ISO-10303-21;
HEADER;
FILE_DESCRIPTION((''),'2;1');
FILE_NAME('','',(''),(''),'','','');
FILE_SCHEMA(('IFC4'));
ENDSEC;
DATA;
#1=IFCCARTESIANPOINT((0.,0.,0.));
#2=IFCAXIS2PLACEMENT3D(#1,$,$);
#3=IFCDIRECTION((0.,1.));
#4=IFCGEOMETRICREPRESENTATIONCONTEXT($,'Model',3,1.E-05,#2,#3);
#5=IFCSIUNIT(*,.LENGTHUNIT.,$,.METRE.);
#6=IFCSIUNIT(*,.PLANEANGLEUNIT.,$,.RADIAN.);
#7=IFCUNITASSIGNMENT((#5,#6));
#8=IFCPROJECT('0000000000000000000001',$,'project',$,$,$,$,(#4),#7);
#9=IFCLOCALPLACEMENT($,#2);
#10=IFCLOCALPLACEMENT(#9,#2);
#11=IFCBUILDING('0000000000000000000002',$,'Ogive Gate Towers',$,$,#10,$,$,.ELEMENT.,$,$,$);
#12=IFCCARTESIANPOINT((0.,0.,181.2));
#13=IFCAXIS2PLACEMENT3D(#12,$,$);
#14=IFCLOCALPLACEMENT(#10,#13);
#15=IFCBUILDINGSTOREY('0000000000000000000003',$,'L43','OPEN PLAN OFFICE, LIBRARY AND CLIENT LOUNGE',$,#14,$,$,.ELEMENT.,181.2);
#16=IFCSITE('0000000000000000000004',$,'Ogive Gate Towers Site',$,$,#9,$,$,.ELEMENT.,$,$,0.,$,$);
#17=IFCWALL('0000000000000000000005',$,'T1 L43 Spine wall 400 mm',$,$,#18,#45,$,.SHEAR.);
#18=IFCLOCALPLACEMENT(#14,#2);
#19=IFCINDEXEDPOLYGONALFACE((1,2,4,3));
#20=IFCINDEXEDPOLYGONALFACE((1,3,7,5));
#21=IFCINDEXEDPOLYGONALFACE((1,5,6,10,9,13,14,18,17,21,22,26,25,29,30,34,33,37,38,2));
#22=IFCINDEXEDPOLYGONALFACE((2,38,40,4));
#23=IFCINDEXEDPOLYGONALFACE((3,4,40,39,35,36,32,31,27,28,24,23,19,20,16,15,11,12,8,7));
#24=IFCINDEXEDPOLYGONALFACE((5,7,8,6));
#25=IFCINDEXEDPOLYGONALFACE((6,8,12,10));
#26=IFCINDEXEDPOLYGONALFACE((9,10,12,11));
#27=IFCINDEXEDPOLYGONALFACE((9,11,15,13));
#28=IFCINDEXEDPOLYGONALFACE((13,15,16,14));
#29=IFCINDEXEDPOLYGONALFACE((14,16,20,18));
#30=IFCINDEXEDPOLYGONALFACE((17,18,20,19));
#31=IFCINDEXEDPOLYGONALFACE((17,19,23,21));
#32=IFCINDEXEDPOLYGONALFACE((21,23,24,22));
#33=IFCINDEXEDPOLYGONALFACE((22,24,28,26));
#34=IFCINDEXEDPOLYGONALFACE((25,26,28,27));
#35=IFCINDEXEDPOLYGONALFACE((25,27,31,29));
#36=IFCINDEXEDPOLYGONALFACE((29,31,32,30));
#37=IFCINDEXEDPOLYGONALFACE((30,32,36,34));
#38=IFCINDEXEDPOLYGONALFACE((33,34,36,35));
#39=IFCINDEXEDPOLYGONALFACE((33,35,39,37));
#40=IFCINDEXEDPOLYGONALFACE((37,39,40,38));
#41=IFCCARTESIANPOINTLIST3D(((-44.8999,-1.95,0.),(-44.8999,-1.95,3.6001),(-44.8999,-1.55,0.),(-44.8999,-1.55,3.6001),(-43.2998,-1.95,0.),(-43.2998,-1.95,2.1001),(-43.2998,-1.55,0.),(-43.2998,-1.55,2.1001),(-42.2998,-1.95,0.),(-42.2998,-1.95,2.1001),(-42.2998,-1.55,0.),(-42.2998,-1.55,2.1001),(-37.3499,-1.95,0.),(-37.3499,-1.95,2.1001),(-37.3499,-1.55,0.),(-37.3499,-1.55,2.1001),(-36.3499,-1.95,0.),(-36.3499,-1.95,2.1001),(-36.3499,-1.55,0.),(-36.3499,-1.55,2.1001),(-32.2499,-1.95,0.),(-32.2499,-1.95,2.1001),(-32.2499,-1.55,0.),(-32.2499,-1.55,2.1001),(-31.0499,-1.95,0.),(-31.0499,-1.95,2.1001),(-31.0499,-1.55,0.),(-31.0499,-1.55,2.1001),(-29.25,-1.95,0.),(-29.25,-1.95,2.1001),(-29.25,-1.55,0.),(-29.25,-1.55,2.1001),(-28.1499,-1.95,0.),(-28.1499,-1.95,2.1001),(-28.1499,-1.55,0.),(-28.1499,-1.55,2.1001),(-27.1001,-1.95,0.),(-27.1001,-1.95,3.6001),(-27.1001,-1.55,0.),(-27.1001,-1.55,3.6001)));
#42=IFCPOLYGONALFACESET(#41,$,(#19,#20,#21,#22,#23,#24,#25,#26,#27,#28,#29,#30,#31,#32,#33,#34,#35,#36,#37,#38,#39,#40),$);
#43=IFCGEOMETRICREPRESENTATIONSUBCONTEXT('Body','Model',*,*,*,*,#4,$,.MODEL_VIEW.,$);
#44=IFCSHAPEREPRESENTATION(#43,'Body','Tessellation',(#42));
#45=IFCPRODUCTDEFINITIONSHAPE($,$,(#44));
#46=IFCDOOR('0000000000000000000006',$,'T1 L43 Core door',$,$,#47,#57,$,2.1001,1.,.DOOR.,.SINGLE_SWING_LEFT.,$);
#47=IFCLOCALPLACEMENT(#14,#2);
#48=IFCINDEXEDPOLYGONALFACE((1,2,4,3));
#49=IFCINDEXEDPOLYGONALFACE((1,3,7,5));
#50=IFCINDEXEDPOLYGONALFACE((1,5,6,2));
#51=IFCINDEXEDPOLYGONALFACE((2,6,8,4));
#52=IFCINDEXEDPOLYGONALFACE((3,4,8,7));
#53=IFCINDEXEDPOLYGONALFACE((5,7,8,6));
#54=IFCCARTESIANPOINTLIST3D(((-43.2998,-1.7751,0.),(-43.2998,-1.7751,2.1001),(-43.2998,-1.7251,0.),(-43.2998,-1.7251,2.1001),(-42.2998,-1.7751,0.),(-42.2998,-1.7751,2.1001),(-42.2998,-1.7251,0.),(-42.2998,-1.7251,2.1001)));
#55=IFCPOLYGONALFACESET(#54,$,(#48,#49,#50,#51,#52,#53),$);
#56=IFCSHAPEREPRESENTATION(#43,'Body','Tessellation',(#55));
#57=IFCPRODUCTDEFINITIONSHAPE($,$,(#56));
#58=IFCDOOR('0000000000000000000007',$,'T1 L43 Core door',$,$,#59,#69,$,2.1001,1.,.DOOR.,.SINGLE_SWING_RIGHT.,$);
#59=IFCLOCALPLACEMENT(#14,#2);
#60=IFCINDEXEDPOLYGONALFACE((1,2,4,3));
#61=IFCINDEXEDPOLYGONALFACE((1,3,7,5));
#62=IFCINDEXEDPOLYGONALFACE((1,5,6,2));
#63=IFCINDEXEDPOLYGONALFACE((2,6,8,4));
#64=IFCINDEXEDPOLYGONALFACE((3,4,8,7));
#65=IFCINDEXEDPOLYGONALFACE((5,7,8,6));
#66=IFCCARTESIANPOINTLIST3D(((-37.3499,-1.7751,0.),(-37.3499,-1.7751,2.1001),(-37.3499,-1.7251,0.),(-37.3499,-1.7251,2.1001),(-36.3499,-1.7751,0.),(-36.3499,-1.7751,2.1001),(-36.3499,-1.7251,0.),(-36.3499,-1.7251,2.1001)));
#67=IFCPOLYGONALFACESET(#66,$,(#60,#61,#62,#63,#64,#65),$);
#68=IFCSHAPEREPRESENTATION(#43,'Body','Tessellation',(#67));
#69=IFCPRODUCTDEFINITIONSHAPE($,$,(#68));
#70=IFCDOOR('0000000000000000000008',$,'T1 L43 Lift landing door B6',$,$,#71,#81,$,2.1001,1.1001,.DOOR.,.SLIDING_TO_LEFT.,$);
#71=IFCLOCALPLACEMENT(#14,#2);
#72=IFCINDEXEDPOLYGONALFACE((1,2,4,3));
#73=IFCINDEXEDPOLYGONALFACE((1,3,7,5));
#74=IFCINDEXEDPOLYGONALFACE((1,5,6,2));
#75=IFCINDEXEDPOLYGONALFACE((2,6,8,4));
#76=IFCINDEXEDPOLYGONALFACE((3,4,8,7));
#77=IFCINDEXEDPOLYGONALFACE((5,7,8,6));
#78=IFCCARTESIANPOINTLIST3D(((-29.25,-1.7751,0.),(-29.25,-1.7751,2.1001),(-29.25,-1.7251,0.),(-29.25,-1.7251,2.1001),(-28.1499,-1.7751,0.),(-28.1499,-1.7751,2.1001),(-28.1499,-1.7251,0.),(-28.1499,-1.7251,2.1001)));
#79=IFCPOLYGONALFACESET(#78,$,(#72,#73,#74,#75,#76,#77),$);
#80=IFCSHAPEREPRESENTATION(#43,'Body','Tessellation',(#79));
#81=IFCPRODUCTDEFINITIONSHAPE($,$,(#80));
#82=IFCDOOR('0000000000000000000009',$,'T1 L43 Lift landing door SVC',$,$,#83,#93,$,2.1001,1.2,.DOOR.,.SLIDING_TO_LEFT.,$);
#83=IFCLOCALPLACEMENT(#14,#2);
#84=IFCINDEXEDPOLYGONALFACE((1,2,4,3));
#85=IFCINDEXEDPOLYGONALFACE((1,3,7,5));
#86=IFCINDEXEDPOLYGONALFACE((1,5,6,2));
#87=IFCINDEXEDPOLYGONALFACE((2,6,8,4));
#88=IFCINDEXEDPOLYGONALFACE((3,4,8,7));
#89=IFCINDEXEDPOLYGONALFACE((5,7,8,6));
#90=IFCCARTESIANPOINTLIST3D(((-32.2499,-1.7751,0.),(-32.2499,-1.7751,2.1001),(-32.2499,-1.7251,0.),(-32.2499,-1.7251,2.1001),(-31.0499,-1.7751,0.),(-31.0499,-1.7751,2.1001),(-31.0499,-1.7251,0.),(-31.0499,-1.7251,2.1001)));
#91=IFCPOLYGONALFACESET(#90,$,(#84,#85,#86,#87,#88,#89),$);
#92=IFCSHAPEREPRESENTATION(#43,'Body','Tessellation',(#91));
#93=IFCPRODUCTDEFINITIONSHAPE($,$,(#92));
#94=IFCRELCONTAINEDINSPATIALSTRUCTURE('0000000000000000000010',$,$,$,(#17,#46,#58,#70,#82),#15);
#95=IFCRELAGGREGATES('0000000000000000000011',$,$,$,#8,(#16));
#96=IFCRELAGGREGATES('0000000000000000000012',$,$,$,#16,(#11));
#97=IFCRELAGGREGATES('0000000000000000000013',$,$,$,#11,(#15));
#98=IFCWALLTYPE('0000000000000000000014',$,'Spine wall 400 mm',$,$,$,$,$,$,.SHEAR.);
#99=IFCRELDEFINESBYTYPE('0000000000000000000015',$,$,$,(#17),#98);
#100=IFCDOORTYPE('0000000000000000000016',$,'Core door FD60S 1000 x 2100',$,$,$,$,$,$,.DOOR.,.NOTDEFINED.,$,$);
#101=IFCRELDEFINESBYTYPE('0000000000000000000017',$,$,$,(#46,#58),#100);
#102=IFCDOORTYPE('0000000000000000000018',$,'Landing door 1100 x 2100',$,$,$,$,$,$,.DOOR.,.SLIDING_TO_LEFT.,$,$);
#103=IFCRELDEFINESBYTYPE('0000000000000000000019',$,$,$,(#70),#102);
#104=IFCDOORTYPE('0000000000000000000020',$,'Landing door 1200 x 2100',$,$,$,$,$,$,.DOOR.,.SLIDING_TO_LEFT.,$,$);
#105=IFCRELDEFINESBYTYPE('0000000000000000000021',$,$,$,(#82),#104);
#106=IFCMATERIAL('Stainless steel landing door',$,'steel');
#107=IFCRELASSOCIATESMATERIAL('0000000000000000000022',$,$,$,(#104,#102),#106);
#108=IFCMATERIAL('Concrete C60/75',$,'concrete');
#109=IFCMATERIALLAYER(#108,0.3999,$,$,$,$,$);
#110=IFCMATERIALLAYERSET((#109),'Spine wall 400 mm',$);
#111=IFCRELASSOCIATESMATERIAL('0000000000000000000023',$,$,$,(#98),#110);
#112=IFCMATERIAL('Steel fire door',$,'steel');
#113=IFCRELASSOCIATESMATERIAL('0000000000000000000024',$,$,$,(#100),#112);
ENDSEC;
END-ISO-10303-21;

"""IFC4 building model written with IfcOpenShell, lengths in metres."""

from ifc_helpers import new_model, si_unit, direction, frame, frame_2d, origin, place, context, subcontext, project, spatial, rectangle, extrude, material, layer, layer_set, type_object, element, fill, save


model = new_model("IFC4")

# Units and contexts
model_context = context("Model", 3, precision=1e-05, world=origin(), true_north=direction((0.0, 1.0)))
body_context = subcontext(model_context, "Body", "Model", "MODEL_VIEW")
ifc_project = project(units=[si_unit("LENGTHUNIT", "METRE"), si_unit("PLANEANGLEUNIT", "RADIAN")], contexts=[model_context])

# Site, building, storey
site_placement = place(None, origin())
site = spatial("IfcSite", under=ifc_project, at=site_placement, Name="Ogive Gate Towers Site", CompositionType="ELEMENT", RefElevation=0.0)
building_placement = place(site_placement, origin())
building = spatial("IfcBuilding", under=site, at=building_placement, Name="Ogive Gate Towers", CompositionType="ELEMENT")
storey_placement = place(building_placement, frame((0.0, 0.0, 181.2)))
storey = spatial("IfcBuildingStorey", under=building, at=storey_placement, Name="L43", Description="OPEN PLAN OFFICE, LIBRARY AND CLIENT LOUNGE", CompositionType="ELEMENT", Elevation=181.2)

# Shared definitions
ifc_material_1 = material(Name="Concrete C60/75", Category="concrete")
ifc_material_2 = material(Name="Steel fire door", Category="steel")

# Shared definitions
ifc_material_3 = material(Name="Stainless steel landing door", Category="steel")
door_type_1 = type_object("IfcDoorType", Name="Landing door 1200 x 2100", OperationType="SLIDING_TO_LEFT", PredefinedType="DOOR", material=ifc_material_3)

# Wall, openings, doors
ifc_layer_1 = layer(ifc_material_1, 0.3999)
ifc_layer_set_1 = layer_set([ifc_layer_1], Name="Spine wall 400 mm")
wall_type_1 = type_object("IfcWallType", Name="Spine wall 400 mm", PredefinedType="SHEAR", material=ifc_layer_set_1)
wall_1_placement = place(storey_placement, frame((-44.8999, -1.75, 0.0), z_axis=(0.0, 0.0, 1.0), x_axis=(1.0, 0.0, 0.0)))
wall_1 = element("IfcWall", 1, at=wall_1_placement, inside=storey, type_object=wall_type_1, Name="T1 L43 Spine wall 400 mm", PredefinedType="SHEAR", context=body_context, shape_type="SweptSolid", body=[
    extrude(rectangle(XDim=17.7998, YDim=0.3999, at=frame_2d((8.8999, 0.0))), origin(), (0.0, 0.0, 1.0), 3.6001),
])
opening_1_placement = place(wall_1_placement, frame((12.6499, 0.0, 0.0)))
opening_1 = element("IfcOpeningElement", 2, at=opening_1_placement, cuts=wall_1, PredefinedType="OPENING", context=body_context, shape_type="SweptSolid", body=[
    extrude(rectangle(XDim=1.2, YDim=2.1001, at=frame_2d((0.6001, 1.05))), frame((0.0, 0.21, 0.0), z_axis=(0.0, -1.0, 0.0), x_axis=(1.0, 0.0, 0.0)), (0.0, 0.0, 1.0), 0.4199),
])
opening_2_placement = place(wall_1_placement, frame((15.6499, 0.0, 0.0)))
opening_2 = element("IfcOpeningElement", 3, at=opening_2_placement, cuts=wall_1, PredefinedType="OPENING", context=body_context, shape_type="SweptSolid", body=[
    extrude(rectangle(XDim=1.1001, YDim=2.1001, at=frame_2d((0.55, 1.05))), frame((0.0, 0.21, 0.0), z_axis=(0.0, -1.0, 0.0), x_axis=(1.0, 0.0, 0.0)), (0.0, 0.0, 1.0), 0.4199),
])
opening_3_placement = place(wall_1_placement, frame((1.6001, 0.0, 0.0)))
opening_3 = element("IfcOpeningElement", 4, at=opening_3_placement, cuts=wall_1, PredefinedType="OPENING", context=body_context, shape_type="SweptSolid", body=[
    extrude(rectangle(XDim=1.0, YDim=2.1001, at=frame_2d((0.5, 1.05))), frame((0.0, 0.21, 0.0), z_axis=(0.0, -1.0, 0.0), x_axis=(1.0, 0.0, 0.0)), (0.0, 0.0, 1.0), 0.4199),
])
opening_4_placement = place(wall_1_placement, frame((7.55, 0.0, 0.0)))
opening_4 = element("IfcOpeningElement", 5, at=opening_4_placement, cuts=wall_1, PredefinedType="OPENING", context=body_context, shape_type="SweptSolid", body=[
    extrude(rectangle(XDim=1.0, YDim=2.1001, at=frame_2d((0.5, 1.05))), frame((0.0, 0.21, 0.0), z_axis=(0.0, -1.0, 0.0), x_axis=(1.0, 0.0, 0.0)), (0.0, 0.0, 1.0), 0.4199),
])
door_type_2 = type_object("IfcDoorType", Name="Core door FD60S 1000 x 2100", OperationType="NOTDEFINED", PredefinedType="DOOR", material=ifc_material_2)
door_1_placement = place(opening_3_placement, origin())
door_1 = element("IfcDoor", 6, at=door_1_placement, inside=storey, type_object=door_type_2, Name="T1 L43 Core door", OperationType="SINGLE_SWING_LEFT", OverallHeight=2.1001, OverallWidth=1.0, PredefinedType="DOOR", context=body_context, shape_type="SweptSolid", body=[
    extrude(rectangle(XDim=1.0, YDim=2.1001, at=frame_2d((0.5, 1.05))), frame((0.0, 0.0249, 0.0), z_axis=(0.0, -1.0, 0.0), x_axis=(1.0, 0.0, 0.0)), (0.0, 0.0, 1.0), 0.05),
])
fill(opening_3, door_1)
door_2_placement = place(opening_4_placement, origin())
door_2 = element("IfcDoor", 7, at=door_2_placement, inside=storey, type_object=door_type_2, Name="T1 L43 Core door", OperationType="SINGLE_SWING_RIGHT", OverallHeight=2.1001, OverallWidth=1.0, PredefinedType="DOOR", context=body_context, shape_type="SweptSolid", body=[
    extrude(rectangle(XDim=1.0, YDim=2.1001, at=frame_2d((0.5, 1.05))), frame((0.0, 0.0249, 0.0), z_axis=(0.0, -1.0, 0.0), x_axis=(1.0, 0.0, 0.0)), (0.0, 0.0, 1.0), 0.05),
])
fill(opening_4, door_2)
door_type_3 = type_object("IfcDoorType", Name="Landing door 1100 x 2100", OperationType="SLIDING_TO_LEFT", PredefinedType="DOOR", material=ifc_material_3)
door_3_placement = place(opening_2_placement, origin())
door_3 = element("IfcDoor", 8, at=door_3_placement, inside=storey, type_object=door_type_3, Name="T1 L43 Lift landing door B6", OperationType="SLIDING_TO_LEFT", OverallHeight=2.1001, OverallWidth=1.1001, PredefinedType="DOOR", context=body_context, shape_type="SweptSolid", body=[
    extrude(rectangle(XDim=1.1001, YDim=2.1001, at=frame_2d((0.55, 1.05))), frame((0.0, 0.0249, 0.0), z_axis=(0.0, -1.0, 0.0), x_axis=(1.0, 0.0, 0.0)), (0.0, 0.0, 1.0), 0.05),
])
fill(opening_2, door_3)
door_4_placement = place(opening_1_placement, origin())
door_4 = element("IfcDoor", 9, at=door_4_placement, inside=storey, type_object=door_type_1, Name="T1 L43 Lift landing door SVC", OperationType="SLIDING_TO_LEFT", OverallHeight=2.1001, OverallWidth=1.2, PredefinedType="DOOR", context=body_context, shape_type="SweptSolid", body=[
    extrude(rectangle(XDim=1.2, YDim=2.1001, at=frame_2d((0.6001, 1.05))), frame((0.0, 0.0249, 0.0), z_axis=(0.0, -1.0, 0.0), x_axis=(1.0, 0.0, 0.0)), (0.0, 0.0, 1.0), 0.05),
])
fill(opening_1, door_4)

save(model, "model.ifc")
